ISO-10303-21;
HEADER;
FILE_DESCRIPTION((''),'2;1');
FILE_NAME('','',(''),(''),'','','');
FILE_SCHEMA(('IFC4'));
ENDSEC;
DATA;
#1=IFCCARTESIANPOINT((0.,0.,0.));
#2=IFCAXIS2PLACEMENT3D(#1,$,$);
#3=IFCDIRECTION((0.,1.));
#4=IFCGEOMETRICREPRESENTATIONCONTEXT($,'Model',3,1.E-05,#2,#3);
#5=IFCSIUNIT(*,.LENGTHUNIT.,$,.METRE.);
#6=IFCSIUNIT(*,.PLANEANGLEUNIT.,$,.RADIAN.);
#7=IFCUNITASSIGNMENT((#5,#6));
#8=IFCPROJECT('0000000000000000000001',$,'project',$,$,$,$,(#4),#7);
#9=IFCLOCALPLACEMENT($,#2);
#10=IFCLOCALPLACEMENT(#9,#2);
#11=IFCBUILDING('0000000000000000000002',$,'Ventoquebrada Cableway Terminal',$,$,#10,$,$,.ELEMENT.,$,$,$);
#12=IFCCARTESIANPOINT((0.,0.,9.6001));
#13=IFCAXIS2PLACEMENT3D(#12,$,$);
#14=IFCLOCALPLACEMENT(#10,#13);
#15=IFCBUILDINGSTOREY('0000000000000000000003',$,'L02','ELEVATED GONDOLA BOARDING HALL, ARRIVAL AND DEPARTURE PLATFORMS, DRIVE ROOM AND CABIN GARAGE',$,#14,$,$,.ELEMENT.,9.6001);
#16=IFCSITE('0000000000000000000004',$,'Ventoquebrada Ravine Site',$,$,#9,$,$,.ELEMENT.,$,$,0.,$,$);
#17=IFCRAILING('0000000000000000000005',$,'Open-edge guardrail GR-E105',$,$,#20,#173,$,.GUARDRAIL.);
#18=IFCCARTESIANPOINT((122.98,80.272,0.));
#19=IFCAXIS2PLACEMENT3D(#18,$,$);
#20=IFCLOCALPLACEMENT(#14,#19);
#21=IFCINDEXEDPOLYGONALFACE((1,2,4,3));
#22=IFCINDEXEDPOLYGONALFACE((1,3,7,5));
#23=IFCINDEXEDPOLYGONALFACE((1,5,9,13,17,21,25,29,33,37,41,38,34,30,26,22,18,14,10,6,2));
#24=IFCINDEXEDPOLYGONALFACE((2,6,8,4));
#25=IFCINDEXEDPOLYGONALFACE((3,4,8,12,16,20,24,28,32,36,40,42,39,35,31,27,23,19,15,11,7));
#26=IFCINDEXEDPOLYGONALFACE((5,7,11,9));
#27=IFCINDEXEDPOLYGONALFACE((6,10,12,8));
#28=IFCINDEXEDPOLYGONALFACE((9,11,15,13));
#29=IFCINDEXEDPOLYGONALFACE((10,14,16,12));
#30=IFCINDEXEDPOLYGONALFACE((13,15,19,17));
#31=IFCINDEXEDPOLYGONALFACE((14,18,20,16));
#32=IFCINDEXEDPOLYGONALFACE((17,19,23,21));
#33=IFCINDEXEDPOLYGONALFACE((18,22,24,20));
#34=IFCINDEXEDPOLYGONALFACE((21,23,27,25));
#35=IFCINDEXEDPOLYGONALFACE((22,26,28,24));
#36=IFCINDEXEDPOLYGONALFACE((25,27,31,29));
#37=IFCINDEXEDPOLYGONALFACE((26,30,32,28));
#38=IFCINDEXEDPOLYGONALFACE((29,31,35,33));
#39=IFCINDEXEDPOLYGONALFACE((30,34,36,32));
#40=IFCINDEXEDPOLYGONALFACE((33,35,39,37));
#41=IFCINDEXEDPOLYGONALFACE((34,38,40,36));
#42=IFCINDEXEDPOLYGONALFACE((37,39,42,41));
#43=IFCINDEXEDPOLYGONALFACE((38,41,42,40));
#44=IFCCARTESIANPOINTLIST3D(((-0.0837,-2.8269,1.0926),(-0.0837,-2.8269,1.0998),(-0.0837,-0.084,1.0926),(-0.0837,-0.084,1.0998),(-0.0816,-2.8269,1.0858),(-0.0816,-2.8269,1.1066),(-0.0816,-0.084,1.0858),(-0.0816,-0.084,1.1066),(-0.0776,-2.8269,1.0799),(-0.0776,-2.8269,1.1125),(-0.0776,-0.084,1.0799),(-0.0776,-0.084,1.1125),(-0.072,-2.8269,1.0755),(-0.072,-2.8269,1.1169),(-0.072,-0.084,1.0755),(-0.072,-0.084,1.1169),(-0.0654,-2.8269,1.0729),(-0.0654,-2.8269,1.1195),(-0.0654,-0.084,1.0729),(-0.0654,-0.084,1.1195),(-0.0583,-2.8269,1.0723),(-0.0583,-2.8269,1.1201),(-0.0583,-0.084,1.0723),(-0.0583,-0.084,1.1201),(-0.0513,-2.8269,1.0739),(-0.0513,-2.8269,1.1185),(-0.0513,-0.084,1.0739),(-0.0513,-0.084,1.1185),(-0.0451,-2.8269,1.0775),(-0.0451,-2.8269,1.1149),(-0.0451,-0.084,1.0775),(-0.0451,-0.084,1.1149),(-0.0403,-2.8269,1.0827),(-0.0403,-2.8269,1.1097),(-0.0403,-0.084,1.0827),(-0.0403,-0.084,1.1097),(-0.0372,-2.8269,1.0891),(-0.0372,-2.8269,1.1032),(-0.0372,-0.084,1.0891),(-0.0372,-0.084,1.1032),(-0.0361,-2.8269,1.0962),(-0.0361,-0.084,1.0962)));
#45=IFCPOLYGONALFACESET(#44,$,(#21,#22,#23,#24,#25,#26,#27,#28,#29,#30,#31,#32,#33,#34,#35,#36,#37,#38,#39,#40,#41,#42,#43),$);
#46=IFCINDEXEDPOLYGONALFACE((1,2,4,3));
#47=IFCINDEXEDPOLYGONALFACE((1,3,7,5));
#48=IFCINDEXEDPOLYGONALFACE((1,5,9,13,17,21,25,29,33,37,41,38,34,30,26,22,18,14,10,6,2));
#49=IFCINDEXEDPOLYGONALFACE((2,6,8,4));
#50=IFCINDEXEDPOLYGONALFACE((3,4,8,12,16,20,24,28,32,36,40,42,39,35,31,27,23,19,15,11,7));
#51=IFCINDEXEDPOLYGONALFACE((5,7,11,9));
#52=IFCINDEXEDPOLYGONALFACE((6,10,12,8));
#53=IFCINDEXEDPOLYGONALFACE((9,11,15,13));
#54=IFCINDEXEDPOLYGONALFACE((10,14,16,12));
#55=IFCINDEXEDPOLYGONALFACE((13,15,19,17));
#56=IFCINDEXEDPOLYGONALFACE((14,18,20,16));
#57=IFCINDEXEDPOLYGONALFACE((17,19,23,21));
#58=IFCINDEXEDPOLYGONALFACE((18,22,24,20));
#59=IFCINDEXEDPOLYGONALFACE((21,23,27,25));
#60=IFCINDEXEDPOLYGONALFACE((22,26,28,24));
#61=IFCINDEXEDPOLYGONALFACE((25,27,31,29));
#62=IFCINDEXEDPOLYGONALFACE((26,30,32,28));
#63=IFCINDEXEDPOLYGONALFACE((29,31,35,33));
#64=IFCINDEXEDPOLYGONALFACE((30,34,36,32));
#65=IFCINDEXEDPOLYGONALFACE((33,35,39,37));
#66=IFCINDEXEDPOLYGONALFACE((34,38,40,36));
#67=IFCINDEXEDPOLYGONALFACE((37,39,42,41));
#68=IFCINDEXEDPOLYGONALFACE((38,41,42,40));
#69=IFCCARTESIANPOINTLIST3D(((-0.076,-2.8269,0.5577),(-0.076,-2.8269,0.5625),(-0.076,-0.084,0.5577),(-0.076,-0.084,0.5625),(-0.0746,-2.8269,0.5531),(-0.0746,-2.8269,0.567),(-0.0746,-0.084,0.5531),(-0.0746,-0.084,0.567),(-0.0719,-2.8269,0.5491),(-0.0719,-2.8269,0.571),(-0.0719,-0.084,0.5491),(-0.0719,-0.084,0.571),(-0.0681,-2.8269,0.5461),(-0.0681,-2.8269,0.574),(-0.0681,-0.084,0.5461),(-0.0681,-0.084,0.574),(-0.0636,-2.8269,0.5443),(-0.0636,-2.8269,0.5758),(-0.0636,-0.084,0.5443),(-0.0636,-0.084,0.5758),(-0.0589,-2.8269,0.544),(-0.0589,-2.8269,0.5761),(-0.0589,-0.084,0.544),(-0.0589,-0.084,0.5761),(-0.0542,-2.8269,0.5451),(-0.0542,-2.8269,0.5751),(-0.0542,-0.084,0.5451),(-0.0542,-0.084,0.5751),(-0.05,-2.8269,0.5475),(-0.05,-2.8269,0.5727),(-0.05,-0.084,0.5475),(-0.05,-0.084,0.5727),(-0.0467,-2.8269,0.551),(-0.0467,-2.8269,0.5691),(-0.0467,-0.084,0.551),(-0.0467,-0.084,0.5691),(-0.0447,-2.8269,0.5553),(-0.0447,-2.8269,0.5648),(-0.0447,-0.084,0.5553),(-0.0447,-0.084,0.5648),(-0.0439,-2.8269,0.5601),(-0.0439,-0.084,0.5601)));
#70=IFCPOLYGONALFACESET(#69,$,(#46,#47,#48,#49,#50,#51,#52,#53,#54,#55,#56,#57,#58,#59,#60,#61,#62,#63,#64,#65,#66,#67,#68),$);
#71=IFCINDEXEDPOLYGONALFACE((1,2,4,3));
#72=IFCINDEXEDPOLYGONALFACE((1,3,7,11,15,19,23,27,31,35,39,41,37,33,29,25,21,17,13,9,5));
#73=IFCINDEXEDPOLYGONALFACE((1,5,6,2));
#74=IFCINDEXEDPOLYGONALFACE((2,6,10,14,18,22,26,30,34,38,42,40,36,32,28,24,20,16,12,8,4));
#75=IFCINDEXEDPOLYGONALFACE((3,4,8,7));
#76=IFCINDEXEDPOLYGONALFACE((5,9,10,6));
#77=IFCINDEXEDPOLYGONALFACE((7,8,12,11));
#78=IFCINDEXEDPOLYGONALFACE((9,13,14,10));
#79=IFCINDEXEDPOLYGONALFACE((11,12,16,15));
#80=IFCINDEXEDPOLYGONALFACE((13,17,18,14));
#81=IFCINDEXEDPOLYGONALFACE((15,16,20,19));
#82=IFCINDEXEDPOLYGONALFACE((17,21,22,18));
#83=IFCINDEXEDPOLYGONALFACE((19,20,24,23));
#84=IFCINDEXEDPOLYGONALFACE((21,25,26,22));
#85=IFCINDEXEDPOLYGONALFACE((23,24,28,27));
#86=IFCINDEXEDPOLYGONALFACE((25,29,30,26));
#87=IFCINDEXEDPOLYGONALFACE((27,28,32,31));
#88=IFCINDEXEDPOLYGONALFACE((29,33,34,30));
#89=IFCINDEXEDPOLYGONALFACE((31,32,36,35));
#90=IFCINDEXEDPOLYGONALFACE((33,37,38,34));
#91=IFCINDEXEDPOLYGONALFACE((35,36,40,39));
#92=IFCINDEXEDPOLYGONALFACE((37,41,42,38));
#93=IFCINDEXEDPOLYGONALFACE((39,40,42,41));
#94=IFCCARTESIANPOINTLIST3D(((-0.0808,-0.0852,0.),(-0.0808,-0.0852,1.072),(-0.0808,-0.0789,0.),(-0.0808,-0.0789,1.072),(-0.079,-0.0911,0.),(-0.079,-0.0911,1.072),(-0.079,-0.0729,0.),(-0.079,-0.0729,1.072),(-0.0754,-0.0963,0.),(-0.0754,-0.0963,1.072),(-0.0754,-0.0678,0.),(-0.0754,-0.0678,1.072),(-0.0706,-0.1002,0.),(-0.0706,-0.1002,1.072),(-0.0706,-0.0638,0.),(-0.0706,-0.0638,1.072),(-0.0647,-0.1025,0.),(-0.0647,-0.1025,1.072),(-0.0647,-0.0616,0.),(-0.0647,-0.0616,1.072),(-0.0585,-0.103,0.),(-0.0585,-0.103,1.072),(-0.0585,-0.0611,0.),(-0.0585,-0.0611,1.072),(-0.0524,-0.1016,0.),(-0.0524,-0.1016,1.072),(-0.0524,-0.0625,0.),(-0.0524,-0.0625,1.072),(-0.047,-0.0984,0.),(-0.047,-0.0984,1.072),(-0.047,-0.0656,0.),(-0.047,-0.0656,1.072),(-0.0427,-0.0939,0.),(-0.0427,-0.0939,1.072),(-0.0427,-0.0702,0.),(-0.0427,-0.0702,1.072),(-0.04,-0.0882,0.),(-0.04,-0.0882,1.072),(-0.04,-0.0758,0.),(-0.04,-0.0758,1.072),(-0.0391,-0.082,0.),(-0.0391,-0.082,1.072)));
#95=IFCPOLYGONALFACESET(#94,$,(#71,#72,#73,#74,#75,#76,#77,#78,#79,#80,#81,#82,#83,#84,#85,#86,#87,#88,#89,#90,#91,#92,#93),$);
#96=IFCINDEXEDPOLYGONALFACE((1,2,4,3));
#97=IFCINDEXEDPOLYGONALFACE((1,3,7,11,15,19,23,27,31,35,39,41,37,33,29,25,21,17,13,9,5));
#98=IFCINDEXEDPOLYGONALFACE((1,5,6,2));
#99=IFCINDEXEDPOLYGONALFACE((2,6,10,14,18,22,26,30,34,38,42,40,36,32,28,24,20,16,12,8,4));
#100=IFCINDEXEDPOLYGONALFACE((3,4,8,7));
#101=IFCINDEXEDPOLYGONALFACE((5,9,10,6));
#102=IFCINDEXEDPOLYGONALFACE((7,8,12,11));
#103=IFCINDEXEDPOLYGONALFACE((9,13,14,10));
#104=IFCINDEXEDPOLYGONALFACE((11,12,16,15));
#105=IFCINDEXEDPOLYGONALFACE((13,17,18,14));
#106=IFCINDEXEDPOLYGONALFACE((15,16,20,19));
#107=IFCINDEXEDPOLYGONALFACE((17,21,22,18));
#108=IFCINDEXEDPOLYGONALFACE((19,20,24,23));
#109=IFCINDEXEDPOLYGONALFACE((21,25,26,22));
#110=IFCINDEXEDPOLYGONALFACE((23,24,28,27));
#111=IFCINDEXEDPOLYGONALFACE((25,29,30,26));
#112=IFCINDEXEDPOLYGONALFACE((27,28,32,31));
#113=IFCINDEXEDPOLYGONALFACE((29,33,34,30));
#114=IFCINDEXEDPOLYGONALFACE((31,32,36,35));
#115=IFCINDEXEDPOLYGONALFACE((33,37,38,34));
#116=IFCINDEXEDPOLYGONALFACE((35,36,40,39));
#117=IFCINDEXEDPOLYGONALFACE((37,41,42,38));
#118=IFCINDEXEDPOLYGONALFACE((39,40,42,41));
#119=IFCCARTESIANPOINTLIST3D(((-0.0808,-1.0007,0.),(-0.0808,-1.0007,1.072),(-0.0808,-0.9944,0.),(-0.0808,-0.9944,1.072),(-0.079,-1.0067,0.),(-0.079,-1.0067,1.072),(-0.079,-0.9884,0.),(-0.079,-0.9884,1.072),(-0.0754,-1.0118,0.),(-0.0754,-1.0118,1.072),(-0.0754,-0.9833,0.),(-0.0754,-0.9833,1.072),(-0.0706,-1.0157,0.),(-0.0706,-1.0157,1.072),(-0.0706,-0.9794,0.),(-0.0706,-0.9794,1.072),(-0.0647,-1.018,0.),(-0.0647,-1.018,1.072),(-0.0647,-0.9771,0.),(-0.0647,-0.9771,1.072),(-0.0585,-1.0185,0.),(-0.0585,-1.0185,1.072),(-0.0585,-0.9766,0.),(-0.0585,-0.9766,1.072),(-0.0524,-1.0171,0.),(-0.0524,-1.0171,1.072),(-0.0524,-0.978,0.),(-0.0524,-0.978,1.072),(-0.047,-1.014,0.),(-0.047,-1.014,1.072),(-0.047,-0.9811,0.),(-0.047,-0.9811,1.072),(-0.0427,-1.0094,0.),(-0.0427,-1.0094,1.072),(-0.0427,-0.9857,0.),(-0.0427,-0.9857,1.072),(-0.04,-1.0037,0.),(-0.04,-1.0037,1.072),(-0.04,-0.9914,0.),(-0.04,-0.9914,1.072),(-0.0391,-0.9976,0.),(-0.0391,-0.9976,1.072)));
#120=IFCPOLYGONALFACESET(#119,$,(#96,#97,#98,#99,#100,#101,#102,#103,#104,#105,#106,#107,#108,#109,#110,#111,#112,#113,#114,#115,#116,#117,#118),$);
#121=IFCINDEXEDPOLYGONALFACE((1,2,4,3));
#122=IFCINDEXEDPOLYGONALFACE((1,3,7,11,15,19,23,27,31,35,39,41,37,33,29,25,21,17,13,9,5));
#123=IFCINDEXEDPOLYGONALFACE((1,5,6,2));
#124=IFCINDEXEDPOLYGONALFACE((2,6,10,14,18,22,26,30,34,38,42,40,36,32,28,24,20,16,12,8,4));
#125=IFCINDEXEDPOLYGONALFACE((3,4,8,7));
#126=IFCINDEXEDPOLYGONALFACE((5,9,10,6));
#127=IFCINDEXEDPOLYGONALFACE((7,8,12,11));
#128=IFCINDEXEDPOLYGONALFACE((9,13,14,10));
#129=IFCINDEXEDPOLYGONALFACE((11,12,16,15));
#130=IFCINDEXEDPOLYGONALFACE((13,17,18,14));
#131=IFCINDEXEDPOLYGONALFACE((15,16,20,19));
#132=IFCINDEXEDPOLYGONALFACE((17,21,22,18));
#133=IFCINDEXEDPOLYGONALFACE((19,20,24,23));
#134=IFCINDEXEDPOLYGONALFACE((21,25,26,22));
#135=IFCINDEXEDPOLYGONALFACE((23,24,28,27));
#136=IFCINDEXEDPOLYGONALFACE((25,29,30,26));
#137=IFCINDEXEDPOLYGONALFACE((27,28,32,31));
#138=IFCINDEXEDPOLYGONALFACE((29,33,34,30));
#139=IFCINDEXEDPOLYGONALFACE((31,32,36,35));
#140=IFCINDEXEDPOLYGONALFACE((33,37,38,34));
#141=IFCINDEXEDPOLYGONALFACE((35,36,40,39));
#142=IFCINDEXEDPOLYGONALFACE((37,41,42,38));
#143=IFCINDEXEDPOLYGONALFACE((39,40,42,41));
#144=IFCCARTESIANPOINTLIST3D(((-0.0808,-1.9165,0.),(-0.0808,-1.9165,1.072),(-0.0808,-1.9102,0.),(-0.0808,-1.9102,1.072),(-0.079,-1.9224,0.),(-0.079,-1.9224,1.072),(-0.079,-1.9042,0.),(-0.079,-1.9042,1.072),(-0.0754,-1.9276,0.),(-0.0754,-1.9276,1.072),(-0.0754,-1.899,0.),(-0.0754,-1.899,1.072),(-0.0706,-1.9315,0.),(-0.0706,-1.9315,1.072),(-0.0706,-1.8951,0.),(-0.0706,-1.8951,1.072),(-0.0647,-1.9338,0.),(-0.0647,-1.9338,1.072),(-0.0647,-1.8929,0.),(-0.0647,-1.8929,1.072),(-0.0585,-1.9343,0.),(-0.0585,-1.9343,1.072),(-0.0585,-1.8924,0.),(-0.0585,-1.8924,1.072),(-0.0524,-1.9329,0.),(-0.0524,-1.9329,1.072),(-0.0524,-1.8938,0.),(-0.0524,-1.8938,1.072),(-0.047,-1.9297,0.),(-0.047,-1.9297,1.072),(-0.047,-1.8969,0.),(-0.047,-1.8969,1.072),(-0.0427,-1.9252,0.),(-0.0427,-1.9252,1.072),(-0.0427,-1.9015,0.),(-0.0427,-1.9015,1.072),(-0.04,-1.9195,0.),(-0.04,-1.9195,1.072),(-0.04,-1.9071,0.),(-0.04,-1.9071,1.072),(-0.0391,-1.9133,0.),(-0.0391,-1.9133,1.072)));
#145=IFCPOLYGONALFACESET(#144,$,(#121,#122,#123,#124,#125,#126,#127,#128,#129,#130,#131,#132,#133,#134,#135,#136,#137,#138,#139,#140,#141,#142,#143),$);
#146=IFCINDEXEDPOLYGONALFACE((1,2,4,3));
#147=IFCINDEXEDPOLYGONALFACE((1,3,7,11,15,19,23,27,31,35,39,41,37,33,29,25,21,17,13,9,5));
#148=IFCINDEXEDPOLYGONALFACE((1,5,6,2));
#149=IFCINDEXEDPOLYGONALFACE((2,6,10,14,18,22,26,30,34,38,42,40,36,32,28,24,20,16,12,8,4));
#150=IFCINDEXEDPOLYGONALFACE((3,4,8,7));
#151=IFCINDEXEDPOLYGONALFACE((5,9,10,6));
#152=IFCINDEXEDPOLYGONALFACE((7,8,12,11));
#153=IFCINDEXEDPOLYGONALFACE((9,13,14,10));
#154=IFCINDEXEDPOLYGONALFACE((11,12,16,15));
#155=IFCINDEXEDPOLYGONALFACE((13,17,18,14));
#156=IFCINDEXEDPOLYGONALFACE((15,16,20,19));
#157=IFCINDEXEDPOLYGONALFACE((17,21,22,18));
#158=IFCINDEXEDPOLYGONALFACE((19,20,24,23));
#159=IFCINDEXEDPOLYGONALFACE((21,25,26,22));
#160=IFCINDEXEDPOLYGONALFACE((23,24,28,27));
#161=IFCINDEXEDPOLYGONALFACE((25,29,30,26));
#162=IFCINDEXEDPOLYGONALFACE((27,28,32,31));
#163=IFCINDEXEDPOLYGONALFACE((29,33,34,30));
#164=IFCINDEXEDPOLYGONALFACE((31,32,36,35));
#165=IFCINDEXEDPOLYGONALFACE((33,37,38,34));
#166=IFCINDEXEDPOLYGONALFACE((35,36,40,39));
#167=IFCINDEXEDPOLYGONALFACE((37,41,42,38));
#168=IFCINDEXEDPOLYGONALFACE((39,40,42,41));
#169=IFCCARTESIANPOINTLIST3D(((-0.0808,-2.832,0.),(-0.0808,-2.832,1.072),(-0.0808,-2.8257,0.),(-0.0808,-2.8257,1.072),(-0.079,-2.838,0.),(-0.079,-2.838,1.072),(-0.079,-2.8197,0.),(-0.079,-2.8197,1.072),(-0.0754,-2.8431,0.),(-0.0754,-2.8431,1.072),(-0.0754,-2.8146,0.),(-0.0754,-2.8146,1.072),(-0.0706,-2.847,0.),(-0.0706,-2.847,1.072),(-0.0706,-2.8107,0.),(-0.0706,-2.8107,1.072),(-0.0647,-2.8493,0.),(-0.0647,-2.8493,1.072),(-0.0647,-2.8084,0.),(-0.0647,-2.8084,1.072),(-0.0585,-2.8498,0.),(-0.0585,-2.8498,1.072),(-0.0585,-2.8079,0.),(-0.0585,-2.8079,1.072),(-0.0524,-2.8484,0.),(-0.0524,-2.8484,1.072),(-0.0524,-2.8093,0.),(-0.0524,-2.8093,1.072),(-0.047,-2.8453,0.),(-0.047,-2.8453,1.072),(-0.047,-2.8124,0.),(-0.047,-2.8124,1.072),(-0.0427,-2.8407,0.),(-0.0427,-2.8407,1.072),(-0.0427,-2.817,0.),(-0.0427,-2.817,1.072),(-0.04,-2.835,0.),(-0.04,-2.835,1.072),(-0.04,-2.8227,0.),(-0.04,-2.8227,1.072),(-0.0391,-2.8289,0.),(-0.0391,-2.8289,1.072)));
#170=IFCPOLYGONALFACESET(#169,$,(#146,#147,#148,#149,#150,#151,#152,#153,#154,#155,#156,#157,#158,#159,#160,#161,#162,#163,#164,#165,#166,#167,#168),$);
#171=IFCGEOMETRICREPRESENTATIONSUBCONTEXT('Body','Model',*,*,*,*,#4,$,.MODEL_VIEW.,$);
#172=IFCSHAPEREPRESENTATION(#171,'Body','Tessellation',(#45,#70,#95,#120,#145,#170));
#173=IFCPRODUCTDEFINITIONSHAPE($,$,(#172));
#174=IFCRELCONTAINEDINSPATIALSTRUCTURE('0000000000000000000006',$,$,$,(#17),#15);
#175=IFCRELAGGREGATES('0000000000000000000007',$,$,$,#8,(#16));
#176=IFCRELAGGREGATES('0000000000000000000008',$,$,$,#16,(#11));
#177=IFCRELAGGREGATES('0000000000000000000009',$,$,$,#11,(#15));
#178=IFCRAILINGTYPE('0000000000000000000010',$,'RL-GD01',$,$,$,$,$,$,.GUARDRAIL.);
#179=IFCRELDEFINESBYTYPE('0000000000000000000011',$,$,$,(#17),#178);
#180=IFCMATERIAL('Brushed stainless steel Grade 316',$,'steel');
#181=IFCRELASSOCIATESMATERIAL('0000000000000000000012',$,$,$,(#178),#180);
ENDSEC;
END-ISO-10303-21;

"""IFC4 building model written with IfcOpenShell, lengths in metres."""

from ifc_helpers import new_model, si_unit, direction, frame, origin, origin_2d, place, context, subcontext, project, spatial, circle, extrude, material, type_object, element, save


model = new_model("IFC4")

# Units and contexts
model_context = context("Model", 3, precision=1e-05, world=origin(), true_north=direction((0.0, 1.0)))
body_context = subcontext(model_context, "Body", "Model", "MODEL_VIEW")
ifc_project = project(units=[si_unit("LENGTHUNIT", "METRE"), si_unit("PLANEANGLEUNIT", "RADIAN")], contexts=[model_context])

# Site, building, storey
site_placement = place(None, origin())
site = spatial("IfcSite", under=ifc_project, at=site_placement, Name="Ventoquebrada Ravine Site", CompositionType="ELEMENT", RefElevation=0.0)
building_placement = place(site_placement, origin())
building = spatial("IfcBuilding", under=site, at=building_placement, Name="Ventoquebrada Cableway Terminal", CompositionType="ELEMENT")
storey_placement = place(building_placement, frame((0.0, 0.0, 9.6001)))
storey = spatial("IfcBuildingStorey", under=building, at=storey_placement, Name="L02", Description="ELEVATED GONDOLA BOARDING HALL, ARRIVAL AND DEPARTURE PLATFORMS, DRIVE ROOM AND CABIN GARAGE", CompositionType="ELEMENT", Elevation=9.6001)

# Railing
ifc_material_1 = material(Name="Brushed stainless steel Grade 316", Category="steel")
railing_type_1 = type_object("IfcRailingType", Name="RL-GD01", PredefinedType="GUARDRAIL", material=ifc_material_1)
railing_1_placement = place(storey_placement, frame((122.98, 80.272, 0.0)))
element("IfcRailing", 1, at=railing_1_placement, inside=storey, type_object=railing_type_1, Name="Open-edge guardrail GR-E105", PredefinedType="GUARDRAIL", context=body_context, shape_type="SweptSolid", body=[
    extrude(circle(Radius=0.0239, at=origin_2d()), frame((-0.0601, -0.084, 1.0962), z_axis=(0.0, -1.0, 0.0), x_axis=(1.0, 0.0, 0.0)), (0.0, 0.0, 1.0), 2.7429),
    extrude(circle(Radius=0.0161, at=origin_2d()), frame((-0.0601, -0.084, 0.5601), z_axis=(0.0, -1.0, 0.0), x_axis=(1.0, 0.0, 0.0)), (0.0, 0.0, 1.0), 2.7429),
    extrude(circle(Radius=0.021, at=origin_2d()), frame((-0.0601, -0.082, 0.0)), (0.0, 0.0, 1.0), 1.072),
    extrude(circle(Radius=0.021, at=origin_2d()), frame((-0.0601, -0.9976, 0.0)), (0.0, 0.0, 1.0), 1.072),
    extrude(circle(Radius=0.021, at=origin_2d()), frame((-0.0601, -1.9133, 0.0)), (0.0, 0.0, 1.0), 1.072),
    extrude(circle(Radius=0.021, at=origin_2d()), frame((-0.0601, -2.8289, 0.0)), (0.0, 0.0, 1.0), 1.072),
])

save(model, "model.ifc")
